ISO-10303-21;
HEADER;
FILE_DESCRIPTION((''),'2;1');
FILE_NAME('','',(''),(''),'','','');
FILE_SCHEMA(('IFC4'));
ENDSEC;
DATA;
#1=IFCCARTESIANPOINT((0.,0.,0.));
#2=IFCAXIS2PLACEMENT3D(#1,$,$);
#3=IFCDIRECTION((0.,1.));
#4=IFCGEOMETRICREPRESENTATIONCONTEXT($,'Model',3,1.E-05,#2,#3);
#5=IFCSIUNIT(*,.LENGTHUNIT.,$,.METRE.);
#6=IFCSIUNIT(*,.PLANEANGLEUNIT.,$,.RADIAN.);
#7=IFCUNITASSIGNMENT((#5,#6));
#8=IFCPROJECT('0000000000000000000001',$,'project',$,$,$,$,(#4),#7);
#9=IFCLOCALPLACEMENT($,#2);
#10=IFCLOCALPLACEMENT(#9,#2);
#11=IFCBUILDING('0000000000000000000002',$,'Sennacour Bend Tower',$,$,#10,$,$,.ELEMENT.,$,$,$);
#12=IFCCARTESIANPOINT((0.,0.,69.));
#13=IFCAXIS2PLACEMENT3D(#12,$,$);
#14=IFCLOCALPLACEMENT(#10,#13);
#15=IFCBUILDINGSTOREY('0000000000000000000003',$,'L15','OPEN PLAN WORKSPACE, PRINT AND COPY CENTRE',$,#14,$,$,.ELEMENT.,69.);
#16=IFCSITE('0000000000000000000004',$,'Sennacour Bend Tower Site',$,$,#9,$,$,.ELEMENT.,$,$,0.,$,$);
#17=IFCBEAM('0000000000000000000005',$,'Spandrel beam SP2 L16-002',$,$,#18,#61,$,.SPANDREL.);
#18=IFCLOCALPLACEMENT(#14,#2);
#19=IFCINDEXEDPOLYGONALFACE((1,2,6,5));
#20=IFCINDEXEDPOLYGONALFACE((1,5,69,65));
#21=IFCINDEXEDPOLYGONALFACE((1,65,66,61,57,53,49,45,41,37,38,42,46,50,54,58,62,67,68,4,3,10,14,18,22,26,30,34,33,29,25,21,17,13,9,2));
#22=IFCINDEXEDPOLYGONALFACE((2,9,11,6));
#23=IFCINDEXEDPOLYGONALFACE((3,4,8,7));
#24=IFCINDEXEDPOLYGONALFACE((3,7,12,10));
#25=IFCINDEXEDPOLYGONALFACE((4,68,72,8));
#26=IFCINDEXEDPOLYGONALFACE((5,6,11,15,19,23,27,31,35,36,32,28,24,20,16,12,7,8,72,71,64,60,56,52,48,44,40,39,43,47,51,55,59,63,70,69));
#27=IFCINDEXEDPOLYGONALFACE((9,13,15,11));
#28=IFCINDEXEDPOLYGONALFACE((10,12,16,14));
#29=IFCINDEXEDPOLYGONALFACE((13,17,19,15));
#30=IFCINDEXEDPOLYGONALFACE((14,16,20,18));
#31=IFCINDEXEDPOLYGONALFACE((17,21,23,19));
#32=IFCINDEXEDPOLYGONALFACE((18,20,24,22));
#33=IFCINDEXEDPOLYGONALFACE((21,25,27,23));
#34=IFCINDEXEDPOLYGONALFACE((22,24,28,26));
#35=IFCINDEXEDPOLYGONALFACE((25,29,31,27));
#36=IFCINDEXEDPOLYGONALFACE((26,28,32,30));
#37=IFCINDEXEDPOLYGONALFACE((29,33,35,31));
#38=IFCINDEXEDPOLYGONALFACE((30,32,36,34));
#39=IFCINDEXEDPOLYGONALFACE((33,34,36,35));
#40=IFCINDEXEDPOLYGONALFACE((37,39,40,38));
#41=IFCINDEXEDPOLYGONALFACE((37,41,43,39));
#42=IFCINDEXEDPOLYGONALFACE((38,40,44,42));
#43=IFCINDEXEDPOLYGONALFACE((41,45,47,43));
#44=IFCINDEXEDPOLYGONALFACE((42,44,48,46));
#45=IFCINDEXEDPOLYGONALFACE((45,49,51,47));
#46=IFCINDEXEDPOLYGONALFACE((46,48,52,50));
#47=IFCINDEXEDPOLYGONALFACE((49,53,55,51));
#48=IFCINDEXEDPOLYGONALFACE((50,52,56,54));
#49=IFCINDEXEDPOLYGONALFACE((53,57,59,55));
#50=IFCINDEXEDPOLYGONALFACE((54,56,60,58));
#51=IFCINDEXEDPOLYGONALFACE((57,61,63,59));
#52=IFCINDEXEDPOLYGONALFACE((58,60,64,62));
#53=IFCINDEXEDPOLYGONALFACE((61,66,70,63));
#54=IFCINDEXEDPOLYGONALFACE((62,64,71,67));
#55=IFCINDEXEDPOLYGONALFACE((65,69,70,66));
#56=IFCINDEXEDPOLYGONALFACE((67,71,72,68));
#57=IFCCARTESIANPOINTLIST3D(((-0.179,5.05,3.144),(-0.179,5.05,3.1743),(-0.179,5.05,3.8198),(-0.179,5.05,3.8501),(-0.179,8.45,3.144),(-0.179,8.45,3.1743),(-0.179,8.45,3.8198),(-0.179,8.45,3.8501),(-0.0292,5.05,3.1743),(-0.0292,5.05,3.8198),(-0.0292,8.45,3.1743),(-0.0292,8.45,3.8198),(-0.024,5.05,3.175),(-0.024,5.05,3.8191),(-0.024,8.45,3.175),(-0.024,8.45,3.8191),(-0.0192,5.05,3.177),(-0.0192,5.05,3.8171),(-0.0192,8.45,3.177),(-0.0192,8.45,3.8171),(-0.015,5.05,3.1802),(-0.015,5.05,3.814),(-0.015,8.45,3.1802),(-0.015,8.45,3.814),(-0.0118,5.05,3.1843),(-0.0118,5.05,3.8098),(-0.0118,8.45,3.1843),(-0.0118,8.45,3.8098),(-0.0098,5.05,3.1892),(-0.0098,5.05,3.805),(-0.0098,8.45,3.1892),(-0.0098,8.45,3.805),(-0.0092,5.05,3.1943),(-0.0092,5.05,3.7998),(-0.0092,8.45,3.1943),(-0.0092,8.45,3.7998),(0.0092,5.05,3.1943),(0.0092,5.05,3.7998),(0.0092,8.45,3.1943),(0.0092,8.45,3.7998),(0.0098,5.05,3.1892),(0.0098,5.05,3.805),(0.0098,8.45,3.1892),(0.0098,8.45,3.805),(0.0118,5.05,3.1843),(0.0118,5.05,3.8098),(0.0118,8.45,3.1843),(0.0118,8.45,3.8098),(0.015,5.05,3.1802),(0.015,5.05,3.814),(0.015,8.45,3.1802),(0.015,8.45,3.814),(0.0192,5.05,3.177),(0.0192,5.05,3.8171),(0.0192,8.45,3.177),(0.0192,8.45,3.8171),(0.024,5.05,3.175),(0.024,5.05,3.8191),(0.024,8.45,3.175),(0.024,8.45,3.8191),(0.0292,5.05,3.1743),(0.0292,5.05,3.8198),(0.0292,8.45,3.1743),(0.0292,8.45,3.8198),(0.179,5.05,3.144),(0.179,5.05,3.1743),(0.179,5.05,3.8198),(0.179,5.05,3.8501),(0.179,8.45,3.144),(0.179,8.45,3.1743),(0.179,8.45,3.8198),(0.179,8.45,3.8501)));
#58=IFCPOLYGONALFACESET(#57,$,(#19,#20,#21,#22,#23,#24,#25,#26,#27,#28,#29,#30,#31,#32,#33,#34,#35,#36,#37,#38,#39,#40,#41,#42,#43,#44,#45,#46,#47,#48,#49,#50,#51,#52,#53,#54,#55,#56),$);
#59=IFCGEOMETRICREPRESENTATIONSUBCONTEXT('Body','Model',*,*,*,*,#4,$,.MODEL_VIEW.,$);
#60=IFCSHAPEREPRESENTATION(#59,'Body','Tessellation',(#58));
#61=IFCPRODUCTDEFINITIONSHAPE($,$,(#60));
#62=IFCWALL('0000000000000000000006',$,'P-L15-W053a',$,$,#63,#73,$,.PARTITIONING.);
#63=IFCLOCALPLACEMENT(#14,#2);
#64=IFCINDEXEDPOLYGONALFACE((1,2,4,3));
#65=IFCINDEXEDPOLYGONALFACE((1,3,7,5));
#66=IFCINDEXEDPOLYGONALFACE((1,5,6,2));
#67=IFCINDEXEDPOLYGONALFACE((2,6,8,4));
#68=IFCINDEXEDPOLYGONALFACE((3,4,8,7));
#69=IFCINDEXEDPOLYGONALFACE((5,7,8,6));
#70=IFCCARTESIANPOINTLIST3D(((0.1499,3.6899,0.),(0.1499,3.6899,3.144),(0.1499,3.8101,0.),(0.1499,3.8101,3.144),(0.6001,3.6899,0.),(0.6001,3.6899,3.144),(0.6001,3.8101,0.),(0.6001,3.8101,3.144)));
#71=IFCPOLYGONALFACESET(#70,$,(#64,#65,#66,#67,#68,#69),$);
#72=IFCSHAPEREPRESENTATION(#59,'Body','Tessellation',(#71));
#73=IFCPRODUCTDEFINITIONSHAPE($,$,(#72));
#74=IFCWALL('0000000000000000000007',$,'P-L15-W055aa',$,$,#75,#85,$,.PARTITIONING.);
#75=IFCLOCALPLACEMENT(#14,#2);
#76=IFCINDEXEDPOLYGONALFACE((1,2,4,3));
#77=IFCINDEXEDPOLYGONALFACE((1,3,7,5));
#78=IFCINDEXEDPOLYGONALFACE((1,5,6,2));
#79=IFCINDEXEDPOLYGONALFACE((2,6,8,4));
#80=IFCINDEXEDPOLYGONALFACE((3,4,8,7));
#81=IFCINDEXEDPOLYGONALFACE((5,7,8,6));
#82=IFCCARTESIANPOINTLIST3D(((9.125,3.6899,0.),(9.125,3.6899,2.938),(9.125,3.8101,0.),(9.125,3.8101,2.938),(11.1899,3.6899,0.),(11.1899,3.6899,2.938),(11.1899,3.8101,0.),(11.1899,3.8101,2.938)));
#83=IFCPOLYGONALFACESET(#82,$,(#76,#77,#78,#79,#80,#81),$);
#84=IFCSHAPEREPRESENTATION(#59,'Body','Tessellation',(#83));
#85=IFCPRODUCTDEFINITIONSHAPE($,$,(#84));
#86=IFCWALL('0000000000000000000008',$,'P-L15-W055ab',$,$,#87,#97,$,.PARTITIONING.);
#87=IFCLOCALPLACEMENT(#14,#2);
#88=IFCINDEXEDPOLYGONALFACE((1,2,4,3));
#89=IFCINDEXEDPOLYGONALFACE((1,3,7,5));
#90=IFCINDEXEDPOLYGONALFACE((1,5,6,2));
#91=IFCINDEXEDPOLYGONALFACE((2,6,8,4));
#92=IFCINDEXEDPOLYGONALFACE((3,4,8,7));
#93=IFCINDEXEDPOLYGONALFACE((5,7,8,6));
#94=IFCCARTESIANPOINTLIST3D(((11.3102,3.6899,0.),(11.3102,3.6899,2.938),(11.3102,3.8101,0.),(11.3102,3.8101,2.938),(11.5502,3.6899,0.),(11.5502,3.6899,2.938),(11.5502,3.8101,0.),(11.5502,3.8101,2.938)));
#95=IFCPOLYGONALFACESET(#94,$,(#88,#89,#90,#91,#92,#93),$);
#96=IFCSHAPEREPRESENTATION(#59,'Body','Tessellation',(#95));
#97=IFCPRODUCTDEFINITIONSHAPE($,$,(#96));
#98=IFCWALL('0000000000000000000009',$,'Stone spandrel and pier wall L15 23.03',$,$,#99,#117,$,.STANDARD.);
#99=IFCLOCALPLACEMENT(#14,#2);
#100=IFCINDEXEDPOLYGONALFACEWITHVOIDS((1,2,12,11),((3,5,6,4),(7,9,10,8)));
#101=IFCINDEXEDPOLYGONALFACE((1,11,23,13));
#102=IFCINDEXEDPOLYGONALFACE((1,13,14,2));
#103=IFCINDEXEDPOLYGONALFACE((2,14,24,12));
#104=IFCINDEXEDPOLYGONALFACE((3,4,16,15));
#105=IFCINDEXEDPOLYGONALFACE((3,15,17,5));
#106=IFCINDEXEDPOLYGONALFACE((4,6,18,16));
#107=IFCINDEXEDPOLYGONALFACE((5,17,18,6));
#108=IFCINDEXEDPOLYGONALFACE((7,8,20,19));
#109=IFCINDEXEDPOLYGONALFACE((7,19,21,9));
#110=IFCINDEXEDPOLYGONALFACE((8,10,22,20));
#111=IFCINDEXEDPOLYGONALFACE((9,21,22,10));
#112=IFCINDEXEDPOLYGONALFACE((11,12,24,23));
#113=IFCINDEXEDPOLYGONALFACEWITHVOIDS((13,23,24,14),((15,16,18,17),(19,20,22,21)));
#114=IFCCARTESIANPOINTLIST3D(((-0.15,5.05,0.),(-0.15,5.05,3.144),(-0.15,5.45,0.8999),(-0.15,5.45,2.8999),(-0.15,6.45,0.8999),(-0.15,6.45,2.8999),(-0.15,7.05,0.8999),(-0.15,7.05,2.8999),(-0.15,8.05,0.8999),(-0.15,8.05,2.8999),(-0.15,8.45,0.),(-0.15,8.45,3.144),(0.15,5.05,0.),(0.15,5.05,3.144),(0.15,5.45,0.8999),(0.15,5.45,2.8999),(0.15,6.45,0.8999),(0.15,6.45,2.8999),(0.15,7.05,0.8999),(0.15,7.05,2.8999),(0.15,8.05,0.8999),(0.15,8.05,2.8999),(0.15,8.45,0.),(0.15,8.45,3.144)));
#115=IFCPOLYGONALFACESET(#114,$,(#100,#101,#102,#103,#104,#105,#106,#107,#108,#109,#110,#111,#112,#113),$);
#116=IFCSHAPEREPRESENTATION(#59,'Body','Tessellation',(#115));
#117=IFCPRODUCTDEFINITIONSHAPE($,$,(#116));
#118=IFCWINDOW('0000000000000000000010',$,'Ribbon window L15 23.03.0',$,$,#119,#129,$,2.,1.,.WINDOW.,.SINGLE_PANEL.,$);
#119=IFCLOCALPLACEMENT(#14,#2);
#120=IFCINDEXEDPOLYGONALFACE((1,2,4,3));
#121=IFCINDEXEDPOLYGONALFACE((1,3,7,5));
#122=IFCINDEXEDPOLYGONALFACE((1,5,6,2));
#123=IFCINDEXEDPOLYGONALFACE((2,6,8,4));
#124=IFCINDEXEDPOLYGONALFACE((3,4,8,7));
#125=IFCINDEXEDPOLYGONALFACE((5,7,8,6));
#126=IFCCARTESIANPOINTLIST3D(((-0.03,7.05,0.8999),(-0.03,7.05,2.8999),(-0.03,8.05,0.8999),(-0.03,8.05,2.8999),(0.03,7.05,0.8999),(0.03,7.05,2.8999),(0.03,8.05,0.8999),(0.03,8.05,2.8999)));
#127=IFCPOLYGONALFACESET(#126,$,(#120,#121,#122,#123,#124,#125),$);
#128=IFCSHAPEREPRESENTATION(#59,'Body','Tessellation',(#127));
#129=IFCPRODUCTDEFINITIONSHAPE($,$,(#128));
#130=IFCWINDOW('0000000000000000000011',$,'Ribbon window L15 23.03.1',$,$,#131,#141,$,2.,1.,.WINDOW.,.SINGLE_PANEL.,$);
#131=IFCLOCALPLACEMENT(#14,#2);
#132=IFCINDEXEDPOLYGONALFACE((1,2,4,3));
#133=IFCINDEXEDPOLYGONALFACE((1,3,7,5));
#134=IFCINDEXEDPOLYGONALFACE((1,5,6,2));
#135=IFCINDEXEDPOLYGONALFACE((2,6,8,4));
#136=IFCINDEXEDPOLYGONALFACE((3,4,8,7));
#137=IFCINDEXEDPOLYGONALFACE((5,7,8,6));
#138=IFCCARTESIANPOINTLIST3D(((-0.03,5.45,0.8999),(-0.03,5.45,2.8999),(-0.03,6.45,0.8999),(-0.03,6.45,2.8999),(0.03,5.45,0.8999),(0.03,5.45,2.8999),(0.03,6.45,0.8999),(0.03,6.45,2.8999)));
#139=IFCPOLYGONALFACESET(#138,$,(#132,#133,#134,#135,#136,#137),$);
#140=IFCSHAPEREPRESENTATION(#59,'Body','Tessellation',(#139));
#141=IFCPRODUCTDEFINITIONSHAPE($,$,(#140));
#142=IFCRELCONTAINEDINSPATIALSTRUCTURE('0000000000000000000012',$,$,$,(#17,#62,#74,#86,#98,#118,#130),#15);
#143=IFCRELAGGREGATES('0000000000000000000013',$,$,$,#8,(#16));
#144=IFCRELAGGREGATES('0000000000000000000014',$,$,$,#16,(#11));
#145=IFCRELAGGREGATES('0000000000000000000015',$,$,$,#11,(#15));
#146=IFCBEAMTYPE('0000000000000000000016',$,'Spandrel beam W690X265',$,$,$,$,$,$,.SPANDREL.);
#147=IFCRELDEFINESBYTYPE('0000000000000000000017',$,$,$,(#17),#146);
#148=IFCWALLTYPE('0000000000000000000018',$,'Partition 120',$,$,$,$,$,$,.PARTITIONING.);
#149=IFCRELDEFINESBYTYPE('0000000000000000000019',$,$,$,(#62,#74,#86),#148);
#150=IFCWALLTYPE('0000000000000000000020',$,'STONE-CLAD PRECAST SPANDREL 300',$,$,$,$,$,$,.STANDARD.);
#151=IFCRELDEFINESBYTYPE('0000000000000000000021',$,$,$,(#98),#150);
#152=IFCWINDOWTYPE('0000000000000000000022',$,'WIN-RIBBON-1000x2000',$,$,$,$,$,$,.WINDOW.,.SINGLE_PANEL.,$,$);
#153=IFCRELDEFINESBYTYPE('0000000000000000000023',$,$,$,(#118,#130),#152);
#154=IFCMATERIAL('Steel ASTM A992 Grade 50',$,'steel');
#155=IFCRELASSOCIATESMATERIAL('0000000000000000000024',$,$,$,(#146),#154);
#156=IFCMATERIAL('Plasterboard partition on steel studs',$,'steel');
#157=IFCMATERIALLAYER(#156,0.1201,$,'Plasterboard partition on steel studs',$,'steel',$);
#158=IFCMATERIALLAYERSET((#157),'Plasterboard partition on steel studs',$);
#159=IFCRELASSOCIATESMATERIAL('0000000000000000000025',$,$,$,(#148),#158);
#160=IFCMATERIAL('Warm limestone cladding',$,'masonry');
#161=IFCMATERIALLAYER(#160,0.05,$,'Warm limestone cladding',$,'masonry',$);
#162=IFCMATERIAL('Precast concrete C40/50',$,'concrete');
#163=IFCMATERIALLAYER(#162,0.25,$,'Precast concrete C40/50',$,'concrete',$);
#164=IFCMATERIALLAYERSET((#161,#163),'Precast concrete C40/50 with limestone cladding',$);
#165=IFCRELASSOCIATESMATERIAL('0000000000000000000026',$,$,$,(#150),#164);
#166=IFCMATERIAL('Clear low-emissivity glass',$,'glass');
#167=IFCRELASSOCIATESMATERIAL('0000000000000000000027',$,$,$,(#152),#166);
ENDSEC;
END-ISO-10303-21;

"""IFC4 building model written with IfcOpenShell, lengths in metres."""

from ifc_helpers import new_model, si_unit, direction, frame, frame_2d, origin, origin_2d, place, context, subcontext, project, spatial, rectangle, i_section, extrude, material, layer, layer_set, material_profile, profile_set, type_object, element, fill, save


model = new_model("IFC4")

# Units and contexts
model_context = context("Model", 3, precision=1e-05, world=origin(), true_north=direction((0.0, 1.0)))
body_context = subcontext(model_context, "Body", "Model", "MODEL_VIEW")
ifc_project = project(units=[si_unit("LENGTHUNIT", "METRE"), si_unit("PLANEANGLEUNIT", "RADIAN")], contexts=[model_context])

# Site, building, storey
site_placement = place(None, origin())
site = spatial("IfcSite", under=ifc_project, at=site_placement, Name="Sennacour Bend Tower Site", CompositionType="ELEMENT", RefElevation=0.0)
building_placement = place(site_placement, origin())
building = spatial("IfcBuilding", under=site, at=building_placement, Name="Sennacour Bend Tower", CompositionType="ELEMENT")
storey_placement = place(building_placement, frame((0.0, 0.0, 69.0)))
storey = spatial("IfcBuildingStorey", under=building, at=storey_placement, Name="L15", Description="OPEN PLAN WORKSPACE, PRINT AND COPY CENTRE", CompositionType="ELEMENT", Elevation=69.0)

# Beam
ifc_material_1 = material(Name="Steel ASTM A992 Grade 50", Category="steel")
ifc_material_profile_1 = material_profile(ifc_material_1, i_section(OverallWidth=0.3579, OverallDepth=0.7061, WebThickness=0.0183, FlangeThickness=0.0303, FilletRadius=0.02, at=origin_2d()), Name="Steel ASTM A992 Grade 50", Category="steel")
ifc_profile_set_1 = profile_set([ifc_material_profile_1], Name="Steel ASTM A992 Grade 50")
beam_type_1 = type_object("IfcBeamType", Name="Spandrel beam W690X265", PredefinedType="SPANDREL", material=ifc_profile_set_1)
beam_placement = place(storey_placement, frame((0.0, 5.05, 3.4971), z_axis=(0.0, 1.0, 0.0), x_axis=(-1.0, 0.0, 0.0)))
element("IfcBeam", 1, at=beam_placement, inside=storey, type_object=beam_type_1, Name="Spandrel beam SP2 L16-002", PredefinedType="SPANDREL", context=body_context, shape_type="SweptSolid", body=[
    extrude(i_section(OverallWidth=0.3579, OverallDepth=0.7061, WebThickness=0.0183, FlangeThickness=0.0303, FilletRadius=0.02, at=origin_2d()), origin(), (0.0, 0.0, 1.0), 3.3999),
])

# Walls
ifc_material_2 = material(Name="Plasterboard partition on steel studs", Category="steel")
ifc_layer_1 = layer(ifc_material_2, 0.1201, Name="Plasterboard partition on steel studs", Category="steel")
ifc_layer_set_1 = layer_set([ifc_layer_1], Name="Plasterboard partition on steel studs")
wall_type_1 = type_object("IfcWallType", Name="Partition 120", PredefinedType="PARTITIONING", material=ifc_layer_set_1)
wall_1_placement = place(storey_placement, frame((0.1499, 3.75, 0.0), z_axis=(0.0, 0.0, 1.0), x_axis=(1.0, 0.0, 0.0)))
element("IfcWall", 2, at=wall_1_placement, inside=storey, type_object=wall_type_1, Name="P-L15-W053a", PredefinedType="PARTITIONING", context=body_context, shape_type="SweptSolid", body=[
    extrude(rectangle(XDim=0.4502, YDim=0.1201, at=frame_2d((0.2251, 0.0))), origin(), (0.0, 0.0, 1.0), 3.144),
])
wall_2_placement = place(storey_placement, frame((9.125, 3.75, 0.0), z_axis=(0.0, 0.0, 1.0), x_axis=(1.0, 0.0, 0.0)))
element("IfcWall", 3, at=wall_2_placement, inside=storey, type_object=wall_type_1, Name="P-L15-W055aa", PredefinedType="PARTITIONING", context=body_context, shape_type="SweptSolid", body=[
    extrude(rectangle(XDim=2.0649, YDim=0.1201, at=frame_2d((1.0325, 0.0))), origin(), (0.0, 0.0, 1.0), 2.938),
])
wall_3_placement = place(storey_placement, frame((11.3101, 3.75, 0.0), z_axis=(0.0, 0.0, 1.0), x_axis=(1.0, 0.0, 0.0)))
element("IfcWall", 4, at=wall_3_placement, inside=storey, type_object=wall_type_1, Name="P-L15-W055ab", PredefinedType="PARTITIONING", context=body_context, shape_type="SweptSolid", body=[
    extrude(rectangle(XDim=0.24, YDim=0.1201, at=frame_2d((0.1201, 0.0))), origin(), (0.0, 0.0, 1.0), 2.938),
])

# Wall, openings, windows
ifc_material_3 = material(Name="Warm limestone cladding", Category="masonry")
ifc_layer_2 = layer(ifc_material_3, 0.05, Name="Warm limestone cladding", Category="masonry")
ifc_material_4 = material(Name="Precast concrete C40/50", Category="concrete")
ifc_layer_3 = layer(ifc_material_4, 0.25, Name="Precast concrete C40/50", Category="concrete")
ifc_layer_set_2 = layer_set([ifc_layer_2, ifc_layer_3], Name="Precast concrete C40/50 with limestone cladding")
wall_type_2 = type_object("IfcWallType", Name="STONE-CLAD PRECAST SPANDREL 300", PredefinedType="STANDARD", material=ifc_layer_set_2)
wall_4_placement = place(storey_placement, frame((0.0, 8.45, 0.0), z_axis=(0.0, 0.0, 1.0), x_axis=(0.0, -1.0, 0.0)))
wall_4 = element("IfcWall", 5, at=wall_4_placement, inside=storey, type_object=wall_type_2, Name="Stone spandrel and pier wall L15 23.03", PredefinedType="STANDARD", context=body_context, shape_type="SweptSolid", body=[
    extrude(rectangle(XDim=3.3999, YDim=0.3, at=frame_2d((1.7, 0.0))), origin(), (0.0, 0.0, 1.0), 3.144),
])
opening_1_placement = place(wall_4_placement, frame((0.3999, 0.0, 0.8999)))
opening_1 = element("IfcOpeningElement", 6, at=opening_1_placement, cuts=wall_4, PredefinedType="OPENING", context=body_context, shape_type="SweptSolid", body=[
    extrude(rectangle(XDim=1.0, YDim=2.0, at=frame_2d((0.5, 1.0))), frame((0.0, 0.1602, 0.0), z_axis=(0.0, -1.0, 0.0), x_axis=(1.0, 0.0, 0.0)), (0.0, 0.0, 1.0), 0.3201),
])
opening_2_placement = place(wall_4_placement, frame((2.0, 0.0, 0.8999)))
opening_2 = element("IfcOpeningElement", 7, at=opening_2_placement, cuts=wall_4, PredefinedType="OPENING", context=body_context, shape_type="SweptSolid", body=[
    extrude(rectangle(XDim=1.0, YDim=2.0, at=frame_2d((0.5, 1.0))), frame((0.0, 0.1602, 0.0), z_axis=(0.0, -1.0, 0.0), x_axis=(1.0, 0.0, 0.0)), (0.0, 0.0, 1.0), 0.3201),
])
ifc_material_5 = material(Name="Clear low-emissivity glass", Category="glass")
window_type = type_object("IfcWindowType", Name="WIN-RIBBON-1000x2000", PartitioningType="SINGLE_PANEL", PredefinedType="WINDOW", material=ifc_material_5)
window_1_placement = place(opening_1_placement, origin())
window_1 = element("IfcWindow", 8, at=window_1_placement, inside=storey, type_object=window_type, Name="Ribbon window L15 23.03.0", OverallHeight=2.0, OverallWidth=1.0, PartitioningType="SINGLE_PANEL", PredefinedType="WINDOW", context=body_context, shape_type="SweptSolid", body=[
    extrude(rectangle(XDim=1.0, YDim=2.0, at=frame_2d((0.5, 1.0))), frame((0.0, 0.03, 0.0), z_axis=(0.0, -1.0, 0.0), x_axis=(1.0, 0.0, 0.0)), (0.0, 0.0, 1.0), 0.0601),
])
fill(opening_1, window_1)
window_2_placement = place(opening_2_placement, origin())
window_2 = element("IfcWindow", 9, at=window_2_placement, inside=storey, type_object=window_type, Name="Ribbon window L15 23.03.1", OverallHeight=2.0, OverallWidth=1.0, PartitioningType="SINGLE_PANEL", PredefinedType="WINDOW", context=body_context, shape_type="SweptSolid", body=[
    extrude(rectangle(XDim=1.0, YDim=2.0, at=frame_2d((0.5, 1.0))), frame((0.0, 0.03, 0.0), z_axis=(0.0, -1.0, 0.0), x_axis=(1.0, 0.0, 0.0)), (0.0, 0.0, 1.0), 0.0601),
])
fill(opening_2, window_2)

save(model, "model.ifc")
